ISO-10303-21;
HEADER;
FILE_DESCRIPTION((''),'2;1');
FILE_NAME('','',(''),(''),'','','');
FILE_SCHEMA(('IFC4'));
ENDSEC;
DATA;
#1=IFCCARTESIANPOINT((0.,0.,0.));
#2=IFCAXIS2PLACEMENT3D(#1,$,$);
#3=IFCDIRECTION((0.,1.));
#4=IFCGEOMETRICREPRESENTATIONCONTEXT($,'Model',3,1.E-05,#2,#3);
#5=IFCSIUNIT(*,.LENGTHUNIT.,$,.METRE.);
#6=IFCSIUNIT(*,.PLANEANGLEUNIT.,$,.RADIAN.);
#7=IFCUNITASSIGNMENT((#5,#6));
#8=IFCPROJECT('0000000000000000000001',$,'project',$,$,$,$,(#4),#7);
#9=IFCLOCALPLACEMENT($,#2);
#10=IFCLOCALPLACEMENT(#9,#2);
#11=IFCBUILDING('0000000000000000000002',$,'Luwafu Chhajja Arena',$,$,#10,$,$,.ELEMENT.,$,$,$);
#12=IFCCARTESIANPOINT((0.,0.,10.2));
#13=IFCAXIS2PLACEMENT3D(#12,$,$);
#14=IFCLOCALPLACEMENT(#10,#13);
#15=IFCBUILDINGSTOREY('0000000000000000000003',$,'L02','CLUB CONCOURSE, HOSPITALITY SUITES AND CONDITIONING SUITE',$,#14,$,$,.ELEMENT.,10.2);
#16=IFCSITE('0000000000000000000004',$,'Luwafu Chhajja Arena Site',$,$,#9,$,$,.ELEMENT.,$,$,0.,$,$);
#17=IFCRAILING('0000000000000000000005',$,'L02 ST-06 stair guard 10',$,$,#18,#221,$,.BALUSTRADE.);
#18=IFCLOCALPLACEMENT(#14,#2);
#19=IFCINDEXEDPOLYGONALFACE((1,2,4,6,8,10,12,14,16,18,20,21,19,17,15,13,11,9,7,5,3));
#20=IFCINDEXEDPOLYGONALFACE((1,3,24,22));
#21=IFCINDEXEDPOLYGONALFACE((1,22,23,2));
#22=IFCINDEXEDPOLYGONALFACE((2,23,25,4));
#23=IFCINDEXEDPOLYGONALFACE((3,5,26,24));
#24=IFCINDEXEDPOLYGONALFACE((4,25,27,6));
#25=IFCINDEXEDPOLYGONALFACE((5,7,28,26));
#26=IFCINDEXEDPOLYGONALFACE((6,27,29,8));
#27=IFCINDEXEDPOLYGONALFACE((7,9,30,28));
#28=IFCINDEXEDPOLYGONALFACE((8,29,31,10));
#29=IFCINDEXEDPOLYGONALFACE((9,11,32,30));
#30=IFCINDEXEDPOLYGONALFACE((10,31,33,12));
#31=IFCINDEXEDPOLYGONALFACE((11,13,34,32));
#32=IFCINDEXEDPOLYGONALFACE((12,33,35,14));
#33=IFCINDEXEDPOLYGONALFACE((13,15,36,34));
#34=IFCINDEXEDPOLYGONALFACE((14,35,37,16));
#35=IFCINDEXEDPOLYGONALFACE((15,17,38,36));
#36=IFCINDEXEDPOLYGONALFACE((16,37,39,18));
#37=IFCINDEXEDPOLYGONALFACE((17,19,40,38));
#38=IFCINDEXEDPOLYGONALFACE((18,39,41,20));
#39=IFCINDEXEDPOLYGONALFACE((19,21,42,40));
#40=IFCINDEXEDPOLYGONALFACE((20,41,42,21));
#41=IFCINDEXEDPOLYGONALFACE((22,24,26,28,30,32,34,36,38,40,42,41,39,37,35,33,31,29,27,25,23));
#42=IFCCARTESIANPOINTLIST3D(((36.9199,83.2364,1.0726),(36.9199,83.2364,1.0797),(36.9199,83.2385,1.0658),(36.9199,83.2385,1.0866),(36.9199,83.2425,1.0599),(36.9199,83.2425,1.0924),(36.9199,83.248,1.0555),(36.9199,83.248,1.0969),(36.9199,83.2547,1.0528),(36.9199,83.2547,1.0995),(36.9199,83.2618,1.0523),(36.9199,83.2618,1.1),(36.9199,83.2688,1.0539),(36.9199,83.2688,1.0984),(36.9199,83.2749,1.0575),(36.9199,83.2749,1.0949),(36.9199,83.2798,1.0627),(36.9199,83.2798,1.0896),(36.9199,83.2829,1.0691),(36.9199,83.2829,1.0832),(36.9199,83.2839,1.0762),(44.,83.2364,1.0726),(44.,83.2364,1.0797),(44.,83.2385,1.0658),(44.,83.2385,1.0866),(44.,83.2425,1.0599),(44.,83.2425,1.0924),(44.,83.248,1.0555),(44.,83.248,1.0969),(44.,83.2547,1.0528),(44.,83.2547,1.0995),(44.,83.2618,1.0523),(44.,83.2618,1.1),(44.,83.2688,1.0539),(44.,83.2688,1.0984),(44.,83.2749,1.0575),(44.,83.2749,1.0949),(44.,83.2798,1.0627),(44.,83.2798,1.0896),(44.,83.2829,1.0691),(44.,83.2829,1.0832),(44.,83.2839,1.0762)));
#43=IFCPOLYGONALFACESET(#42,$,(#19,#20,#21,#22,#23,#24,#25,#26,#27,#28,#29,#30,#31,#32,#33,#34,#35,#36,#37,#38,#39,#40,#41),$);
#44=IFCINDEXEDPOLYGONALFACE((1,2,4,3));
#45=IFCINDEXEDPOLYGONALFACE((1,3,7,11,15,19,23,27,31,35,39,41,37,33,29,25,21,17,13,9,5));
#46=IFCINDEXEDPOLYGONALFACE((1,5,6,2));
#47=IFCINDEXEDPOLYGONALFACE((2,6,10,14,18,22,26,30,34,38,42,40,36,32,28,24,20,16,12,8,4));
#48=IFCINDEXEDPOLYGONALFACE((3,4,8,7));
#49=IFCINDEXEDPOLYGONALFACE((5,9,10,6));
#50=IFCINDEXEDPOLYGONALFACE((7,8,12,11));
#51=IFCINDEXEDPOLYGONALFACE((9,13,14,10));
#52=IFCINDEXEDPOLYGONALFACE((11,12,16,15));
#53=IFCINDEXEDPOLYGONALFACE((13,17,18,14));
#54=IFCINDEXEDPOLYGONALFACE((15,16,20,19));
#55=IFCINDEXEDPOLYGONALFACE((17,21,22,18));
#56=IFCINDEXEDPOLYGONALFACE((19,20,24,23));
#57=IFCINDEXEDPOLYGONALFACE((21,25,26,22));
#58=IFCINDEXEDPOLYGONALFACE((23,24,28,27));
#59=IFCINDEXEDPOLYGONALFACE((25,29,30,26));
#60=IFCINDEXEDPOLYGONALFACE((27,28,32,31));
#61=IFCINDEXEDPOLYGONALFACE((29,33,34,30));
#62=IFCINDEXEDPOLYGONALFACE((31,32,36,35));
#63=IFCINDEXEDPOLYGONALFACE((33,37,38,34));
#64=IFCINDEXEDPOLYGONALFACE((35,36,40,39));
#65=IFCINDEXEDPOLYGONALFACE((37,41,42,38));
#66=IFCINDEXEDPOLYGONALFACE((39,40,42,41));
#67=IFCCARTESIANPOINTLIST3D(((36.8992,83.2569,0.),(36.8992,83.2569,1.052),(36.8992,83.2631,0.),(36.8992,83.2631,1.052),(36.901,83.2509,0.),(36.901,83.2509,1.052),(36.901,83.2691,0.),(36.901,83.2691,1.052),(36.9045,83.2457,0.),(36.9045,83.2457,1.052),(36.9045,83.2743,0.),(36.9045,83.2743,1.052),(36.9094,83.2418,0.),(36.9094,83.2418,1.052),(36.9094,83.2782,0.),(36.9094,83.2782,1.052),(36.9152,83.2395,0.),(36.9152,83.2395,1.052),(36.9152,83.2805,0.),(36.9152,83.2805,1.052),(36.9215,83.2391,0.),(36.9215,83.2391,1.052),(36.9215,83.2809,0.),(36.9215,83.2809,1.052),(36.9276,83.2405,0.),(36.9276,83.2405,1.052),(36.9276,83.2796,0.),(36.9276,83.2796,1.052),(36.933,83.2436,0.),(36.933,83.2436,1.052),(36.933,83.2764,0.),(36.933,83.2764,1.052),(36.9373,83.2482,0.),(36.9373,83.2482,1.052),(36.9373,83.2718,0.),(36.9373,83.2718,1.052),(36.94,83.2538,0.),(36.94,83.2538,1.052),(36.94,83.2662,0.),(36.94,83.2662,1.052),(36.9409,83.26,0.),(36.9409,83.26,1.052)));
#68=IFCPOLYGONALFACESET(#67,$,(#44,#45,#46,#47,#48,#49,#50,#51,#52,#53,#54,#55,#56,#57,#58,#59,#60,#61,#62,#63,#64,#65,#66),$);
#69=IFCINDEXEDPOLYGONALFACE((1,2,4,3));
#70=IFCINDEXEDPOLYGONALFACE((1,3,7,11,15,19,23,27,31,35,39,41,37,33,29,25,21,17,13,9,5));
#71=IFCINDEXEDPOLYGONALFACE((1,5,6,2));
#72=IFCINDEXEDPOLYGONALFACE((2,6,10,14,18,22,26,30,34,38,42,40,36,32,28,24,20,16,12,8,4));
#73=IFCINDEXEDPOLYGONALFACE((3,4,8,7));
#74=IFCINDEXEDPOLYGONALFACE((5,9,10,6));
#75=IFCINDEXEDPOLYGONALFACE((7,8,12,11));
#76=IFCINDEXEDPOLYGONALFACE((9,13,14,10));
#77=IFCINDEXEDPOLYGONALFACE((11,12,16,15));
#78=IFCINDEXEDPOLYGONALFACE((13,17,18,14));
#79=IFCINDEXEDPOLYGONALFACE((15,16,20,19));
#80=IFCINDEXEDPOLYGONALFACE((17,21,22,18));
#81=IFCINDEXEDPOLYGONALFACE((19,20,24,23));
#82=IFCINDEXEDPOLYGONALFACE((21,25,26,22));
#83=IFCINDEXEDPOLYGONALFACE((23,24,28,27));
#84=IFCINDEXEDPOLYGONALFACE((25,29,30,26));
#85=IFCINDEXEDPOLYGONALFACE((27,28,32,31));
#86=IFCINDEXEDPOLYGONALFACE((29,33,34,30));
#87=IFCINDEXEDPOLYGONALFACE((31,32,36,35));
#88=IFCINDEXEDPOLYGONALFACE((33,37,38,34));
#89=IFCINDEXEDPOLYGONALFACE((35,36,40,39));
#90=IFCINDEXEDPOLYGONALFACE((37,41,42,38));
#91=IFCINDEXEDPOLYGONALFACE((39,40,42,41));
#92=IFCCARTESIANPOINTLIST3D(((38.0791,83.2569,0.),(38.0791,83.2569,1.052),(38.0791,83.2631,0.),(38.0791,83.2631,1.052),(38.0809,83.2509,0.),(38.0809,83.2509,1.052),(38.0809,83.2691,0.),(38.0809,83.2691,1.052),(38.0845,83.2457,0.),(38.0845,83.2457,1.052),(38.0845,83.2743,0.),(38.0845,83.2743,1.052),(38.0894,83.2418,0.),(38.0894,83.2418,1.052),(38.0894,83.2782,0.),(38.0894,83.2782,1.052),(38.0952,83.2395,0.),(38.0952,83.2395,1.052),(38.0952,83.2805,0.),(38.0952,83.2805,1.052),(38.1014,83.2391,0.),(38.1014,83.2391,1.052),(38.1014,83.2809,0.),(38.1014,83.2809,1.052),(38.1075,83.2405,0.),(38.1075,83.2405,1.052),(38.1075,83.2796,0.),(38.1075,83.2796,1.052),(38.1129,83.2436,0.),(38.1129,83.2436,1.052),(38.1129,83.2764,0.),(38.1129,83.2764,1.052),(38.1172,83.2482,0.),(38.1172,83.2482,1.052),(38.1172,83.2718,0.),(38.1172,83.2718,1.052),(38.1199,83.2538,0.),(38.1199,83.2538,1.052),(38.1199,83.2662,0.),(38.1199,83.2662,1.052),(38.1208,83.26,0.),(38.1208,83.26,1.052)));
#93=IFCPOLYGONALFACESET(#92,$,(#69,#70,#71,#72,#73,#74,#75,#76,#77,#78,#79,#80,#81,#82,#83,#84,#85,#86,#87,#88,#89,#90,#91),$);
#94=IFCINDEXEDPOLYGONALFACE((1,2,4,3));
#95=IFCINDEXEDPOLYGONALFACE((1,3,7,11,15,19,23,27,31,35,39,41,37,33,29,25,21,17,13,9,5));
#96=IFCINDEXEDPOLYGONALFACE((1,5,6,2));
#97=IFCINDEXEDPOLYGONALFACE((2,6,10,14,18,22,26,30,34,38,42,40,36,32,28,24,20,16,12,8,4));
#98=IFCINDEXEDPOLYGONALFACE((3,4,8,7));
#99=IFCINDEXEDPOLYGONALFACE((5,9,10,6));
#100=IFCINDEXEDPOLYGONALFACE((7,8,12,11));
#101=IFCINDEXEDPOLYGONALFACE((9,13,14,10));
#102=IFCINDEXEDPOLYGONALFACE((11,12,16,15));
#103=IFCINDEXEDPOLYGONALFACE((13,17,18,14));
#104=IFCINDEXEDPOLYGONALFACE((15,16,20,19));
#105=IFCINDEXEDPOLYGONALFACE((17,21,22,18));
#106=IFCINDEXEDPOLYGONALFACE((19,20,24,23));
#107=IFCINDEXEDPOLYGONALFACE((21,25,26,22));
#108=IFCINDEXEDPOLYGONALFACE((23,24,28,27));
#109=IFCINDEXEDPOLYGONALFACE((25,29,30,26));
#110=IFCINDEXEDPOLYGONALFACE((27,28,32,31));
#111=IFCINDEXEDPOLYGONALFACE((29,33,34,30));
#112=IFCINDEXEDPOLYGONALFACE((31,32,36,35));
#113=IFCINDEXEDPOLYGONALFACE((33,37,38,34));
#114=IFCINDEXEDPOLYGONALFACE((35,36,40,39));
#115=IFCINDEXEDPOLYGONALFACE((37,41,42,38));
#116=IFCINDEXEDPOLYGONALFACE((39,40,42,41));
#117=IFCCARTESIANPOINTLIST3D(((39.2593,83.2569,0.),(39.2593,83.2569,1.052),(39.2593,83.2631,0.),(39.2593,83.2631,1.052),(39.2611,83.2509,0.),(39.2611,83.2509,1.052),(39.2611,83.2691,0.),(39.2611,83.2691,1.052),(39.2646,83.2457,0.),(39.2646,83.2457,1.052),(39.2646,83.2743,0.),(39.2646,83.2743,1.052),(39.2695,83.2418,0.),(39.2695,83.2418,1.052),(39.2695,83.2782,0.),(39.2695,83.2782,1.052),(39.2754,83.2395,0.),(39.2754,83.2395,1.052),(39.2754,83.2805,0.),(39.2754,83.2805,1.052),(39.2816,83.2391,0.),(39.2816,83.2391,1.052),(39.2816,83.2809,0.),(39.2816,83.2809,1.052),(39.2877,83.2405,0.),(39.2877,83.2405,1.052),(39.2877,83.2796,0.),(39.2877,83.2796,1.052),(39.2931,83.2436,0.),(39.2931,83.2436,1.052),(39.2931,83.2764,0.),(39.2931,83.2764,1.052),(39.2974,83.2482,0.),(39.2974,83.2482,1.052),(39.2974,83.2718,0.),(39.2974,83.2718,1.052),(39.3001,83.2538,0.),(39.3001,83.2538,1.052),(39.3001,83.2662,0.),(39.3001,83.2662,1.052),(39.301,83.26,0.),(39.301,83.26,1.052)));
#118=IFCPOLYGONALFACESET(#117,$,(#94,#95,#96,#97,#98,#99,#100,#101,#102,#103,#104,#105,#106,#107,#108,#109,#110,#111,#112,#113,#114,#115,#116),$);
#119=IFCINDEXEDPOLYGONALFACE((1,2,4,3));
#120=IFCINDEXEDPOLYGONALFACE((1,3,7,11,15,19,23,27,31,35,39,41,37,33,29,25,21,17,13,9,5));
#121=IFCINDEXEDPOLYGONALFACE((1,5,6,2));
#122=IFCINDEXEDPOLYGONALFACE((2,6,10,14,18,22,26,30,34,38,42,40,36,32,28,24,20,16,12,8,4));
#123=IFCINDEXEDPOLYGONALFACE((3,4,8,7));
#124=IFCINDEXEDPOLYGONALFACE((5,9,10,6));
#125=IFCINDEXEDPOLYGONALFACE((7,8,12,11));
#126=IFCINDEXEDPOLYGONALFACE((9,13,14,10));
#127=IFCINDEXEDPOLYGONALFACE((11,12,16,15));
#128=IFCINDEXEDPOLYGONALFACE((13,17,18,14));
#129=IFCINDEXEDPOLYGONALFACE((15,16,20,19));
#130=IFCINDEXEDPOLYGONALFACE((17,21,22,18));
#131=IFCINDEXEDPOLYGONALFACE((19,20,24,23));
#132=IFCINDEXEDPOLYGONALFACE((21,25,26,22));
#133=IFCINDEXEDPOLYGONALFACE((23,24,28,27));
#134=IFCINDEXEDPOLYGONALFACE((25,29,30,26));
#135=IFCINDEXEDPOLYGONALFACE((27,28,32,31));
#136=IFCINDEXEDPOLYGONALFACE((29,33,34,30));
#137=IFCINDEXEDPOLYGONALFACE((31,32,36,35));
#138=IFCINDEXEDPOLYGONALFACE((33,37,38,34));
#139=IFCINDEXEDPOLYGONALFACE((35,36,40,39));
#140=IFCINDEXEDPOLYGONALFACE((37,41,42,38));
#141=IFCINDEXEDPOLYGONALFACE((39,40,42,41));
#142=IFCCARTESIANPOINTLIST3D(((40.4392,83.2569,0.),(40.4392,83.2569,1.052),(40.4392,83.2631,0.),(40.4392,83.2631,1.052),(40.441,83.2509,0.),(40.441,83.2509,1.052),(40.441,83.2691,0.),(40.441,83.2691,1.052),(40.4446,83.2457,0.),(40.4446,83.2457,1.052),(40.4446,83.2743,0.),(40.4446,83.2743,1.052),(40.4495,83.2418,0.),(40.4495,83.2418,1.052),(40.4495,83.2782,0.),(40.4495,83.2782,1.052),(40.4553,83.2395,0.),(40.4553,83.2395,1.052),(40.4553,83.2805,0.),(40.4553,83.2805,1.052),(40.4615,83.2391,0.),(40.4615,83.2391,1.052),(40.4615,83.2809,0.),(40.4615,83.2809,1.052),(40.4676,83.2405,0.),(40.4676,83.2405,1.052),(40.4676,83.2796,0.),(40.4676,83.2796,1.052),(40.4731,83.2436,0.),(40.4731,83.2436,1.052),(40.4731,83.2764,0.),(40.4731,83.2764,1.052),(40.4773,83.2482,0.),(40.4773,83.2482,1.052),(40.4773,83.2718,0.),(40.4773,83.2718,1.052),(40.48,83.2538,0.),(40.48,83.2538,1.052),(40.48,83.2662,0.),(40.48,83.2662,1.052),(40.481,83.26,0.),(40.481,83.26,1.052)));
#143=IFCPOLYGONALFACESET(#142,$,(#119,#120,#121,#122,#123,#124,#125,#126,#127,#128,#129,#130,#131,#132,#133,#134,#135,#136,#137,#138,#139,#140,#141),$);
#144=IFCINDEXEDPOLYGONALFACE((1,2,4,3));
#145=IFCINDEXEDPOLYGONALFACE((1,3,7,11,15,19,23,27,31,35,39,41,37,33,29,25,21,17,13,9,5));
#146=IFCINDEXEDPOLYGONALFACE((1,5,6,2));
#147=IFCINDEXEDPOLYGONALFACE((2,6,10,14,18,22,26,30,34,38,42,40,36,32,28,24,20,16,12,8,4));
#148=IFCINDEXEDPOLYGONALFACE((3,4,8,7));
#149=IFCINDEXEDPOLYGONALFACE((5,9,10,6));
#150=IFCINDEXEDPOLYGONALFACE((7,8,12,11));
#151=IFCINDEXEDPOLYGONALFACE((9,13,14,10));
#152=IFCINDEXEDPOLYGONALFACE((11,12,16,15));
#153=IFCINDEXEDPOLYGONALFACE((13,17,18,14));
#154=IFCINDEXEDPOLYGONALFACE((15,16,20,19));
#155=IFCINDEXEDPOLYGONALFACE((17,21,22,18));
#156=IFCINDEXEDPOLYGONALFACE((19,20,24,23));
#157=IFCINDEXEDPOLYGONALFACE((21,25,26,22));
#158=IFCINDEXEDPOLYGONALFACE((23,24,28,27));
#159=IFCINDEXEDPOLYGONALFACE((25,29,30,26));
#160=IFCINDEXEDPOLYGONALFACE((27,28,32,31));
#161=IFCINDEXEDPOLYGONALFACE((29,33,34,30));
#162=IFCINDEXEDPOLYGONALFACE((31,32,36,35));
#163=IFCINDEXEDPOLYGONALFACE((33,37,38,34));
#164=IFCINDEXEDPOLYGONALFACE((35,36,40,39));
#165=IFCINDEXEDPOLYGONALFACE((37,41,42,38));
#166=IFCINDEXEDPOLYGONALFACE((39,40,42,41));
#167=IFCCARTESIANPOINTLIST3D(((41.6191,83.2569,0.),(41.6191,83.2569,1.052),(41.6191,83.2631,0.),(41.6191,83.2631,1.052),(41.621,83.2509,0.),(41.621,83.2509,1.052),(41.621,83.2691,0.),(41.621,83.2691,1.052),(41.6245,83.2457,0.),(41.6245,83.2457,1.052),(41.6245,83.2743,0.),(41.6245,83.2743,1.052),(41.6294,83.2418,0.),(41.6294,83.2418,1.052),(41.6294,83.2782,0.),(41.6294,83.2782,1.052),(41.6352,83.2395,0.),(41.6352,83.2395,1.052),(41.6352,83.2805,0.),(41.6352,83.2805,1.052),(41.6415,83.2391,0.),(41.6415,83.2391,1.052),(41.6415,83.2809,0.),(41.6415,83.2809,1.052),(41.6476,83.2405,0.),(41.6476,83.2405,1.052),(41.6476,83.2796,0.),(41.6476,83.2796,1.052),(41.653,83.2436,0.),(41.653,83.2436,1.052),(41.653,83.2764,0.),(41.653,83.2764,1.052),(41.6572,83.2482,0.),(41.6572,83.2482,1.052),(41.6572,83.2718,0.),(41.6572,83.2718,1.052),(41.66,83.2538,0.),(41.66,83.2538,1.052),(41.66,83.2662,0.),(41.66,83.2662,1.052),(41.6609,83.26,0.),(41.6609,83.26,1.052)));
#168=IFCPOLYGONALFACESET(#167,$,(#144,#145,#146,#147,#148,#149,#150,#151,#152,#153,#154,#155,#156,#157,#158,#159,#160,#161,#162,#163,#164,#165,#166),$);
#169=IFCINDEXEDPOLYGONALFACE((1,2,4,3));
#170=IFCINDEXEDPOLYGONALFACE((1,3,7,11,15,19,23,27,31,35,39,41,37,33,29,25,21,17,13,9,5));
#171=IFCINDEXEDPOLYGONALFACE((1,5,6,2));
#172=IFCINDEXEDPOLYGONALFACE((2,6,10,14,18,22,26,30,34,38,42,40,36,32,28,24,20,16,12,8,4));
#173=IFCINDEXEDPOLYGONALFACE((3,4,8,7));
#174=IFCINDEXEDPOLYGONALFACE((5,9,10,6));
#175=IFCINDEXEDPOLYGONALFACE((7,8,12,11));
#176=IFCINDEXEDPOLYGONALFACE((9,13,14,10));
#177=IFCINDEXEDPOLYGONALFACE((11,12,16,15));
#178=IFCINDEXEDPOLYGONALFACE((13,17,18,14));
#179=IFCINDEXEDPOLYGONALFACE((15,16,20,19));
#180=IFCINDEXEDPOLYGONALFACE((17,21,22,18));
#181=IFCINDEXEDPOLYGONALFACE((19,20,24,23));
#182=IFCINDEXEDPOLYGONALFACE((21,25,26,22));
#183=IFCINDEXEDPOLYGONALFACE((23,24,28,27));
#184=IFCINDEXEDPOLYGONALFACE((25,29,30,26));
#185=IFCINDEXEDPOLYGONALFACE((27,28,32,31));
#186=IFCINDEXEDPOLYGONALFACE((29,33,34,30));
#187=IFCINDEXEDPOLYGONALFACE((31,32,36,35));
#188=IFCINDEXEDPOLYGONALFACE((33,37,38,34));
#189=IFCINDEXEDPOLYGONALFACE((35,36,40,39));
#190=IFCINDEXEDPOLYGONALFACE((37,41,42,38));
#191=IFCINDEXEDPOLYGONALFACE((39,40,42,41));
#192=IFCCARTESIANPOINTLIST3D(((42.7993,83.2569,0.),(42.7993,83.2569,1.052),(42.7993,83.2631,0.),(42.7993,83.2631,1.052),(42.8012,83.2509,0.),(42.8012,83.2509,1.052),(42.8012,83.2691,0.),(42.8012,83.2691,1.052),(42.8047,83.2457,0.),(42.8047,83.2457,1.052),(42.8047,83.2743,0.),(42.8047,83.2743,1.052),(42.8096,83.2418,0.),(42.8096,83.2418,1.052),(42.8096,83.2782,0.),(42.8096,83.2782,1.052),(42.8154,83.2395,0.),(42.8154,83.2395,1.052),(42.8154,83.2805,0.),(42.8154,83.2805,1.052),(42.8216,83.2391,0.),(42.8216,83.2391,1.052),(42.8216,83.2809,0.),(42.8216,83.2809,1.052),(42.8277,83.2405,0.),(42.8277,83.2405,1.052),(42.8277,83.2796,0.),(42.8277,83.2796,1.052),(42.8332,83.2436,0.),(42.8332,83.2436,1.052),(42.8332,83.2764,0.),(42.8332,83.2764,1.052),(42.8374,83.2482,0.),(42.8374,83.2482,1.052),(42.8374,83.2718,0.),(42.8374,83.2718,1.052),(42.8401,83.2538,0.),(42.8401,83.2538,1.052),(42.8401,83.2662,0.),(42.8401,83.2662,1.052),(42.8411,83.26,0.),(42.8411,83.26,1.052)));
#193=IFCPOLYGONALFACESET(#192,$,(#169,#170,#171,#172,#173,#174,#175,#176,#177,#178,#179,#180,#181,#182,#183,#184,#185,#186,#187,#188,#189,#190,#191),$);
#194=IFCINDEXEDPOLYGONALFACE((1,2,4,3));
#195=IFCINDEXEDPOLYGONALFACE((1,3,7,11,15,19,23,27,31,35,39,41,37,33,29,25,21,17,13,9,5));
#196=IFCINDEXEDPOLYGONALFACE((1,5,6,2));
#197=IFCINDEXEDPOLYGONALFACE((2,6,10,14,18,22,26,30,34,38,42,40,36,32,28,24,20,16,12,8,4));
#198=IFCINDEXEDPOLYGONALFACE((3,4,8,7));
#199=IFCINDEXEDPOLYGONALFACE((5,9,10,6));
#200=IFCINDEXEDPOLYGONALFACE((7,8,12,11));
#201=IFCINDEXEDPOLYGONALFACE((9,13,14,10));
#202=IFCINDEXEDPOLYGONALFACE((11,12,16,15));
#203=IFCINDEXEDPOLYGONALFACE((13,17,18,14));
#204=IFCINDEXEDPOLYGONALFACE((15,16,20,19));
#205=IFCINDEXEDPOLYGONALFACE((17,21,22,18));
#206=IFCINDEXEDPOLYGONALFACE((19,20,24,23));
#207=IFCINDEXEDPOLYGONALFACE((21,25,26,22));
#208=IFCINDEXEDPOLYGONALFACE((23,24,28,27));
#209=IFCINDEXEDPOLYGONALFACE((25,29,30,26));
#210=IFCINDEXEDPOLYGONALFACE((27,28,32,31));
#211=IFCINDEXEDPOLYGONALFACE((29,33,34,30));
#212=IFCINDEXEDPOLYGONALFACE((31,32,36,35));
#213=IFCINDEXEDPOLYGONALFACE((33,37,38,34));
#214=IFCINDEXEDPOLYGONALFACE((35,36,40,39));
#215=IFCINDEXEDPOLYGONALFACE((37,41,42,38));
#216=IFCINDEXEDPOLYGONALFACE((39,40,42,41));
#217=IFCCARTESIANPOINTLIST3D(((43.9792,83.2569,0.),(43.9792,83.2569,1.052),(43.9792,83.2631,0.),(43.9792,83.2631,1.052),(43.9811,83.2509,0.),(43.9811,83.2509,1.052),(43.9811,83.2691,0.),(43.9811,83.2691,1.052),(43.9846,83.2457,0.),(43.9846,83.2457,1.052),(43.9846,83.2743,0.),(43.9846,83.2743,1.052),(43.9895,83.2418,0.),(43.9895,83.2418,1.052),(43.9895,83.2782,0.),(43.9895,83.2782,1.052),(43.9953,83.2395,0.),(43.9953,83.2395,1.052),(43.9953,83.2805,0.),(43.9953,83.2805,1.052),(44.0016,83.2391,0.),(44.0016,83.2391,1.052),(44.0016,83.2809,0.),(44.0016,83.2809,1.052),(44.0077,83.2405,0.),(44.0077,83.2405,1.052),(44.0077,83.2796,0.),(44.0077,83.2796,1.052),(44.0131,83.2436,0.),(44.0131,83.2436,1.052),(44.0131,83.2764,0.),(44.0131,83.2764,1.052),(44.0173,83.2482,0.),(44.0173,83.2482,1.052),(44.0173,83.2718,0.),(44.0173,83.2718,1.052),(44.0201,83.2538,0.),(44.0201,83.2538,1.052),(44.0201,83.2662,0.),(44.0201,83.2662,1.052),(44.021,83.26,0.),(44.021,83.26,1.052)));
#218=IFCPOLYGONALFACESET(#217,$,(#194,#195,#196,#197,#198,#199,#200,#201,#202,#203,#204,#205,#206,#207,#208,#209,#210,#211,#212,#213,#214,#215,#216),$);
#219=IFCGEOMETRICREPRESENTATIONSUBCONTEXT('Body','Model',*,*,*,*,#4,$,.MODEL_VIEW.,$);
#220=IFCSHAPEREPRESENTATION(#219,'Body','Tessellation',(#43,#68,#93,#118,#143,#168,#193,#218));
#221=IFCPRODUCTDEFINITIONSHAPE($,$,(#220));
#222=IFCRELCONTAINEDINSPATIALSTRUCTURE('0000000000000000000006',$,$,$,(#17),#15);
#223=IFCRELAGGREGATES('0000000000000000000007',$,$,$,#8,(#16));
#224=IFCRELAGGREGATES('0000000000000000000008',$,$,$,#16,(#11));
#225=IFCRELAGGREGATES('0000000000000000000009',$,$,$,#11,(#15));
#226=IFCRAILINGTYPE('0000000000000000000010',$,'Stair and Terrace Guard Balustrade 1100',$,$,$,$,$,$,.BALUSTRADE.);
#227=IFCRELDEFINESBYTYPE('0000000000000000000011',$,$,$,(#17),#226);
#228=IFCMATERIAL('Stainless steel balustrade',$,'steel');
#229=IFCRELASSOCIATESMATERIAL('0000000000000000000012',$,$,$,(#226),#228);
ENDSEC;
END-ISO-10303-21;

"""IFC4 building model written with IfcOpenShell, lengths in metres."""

from ifc_helpers import new_model, si_unit, direction, frame, origin, origin_2d, place, context, subcontext, project, spatial, circle, extrude, material, type_object, element, save


model = new_model("IFC4")

# Units and contexts
model_context = context("Model", 3, precision=1e-05, world=origin(), true_north=direction((0.0, 1.0)))
body_context = subcontext(model_context, "Body", "Model", "MODEL_VIEW")
ifc_project = project(units=[si_unit("LENGTHUNIT", "METRE"), si_unit("PLANEANGLEUNIT", "RADIAN")], contexts=[model_context])

# Site, building, storey
site_placement = place(None, origin())
site = spatial("IfcSite", under=ifc_project, at=site_placement, Name="Luwafu Chhajja Arena Site", CompositionType="ELEMENT", RefElevation=0.0)
building_placement = place(site_placement, origin())
building = spatial("IfcBuilding", under=site, at=building_placement, Name="Luwafu Chhajja Arena", CompositionType="ELEMENT")
storey_placement = place(building_placement, frame((0.0, 0.0, 10.2)))
storey = spatial("IfcBuildingStorey", under=building, at=storey_placement, Name="L02", Description="CLUB CONCOURSE, HOSPITALITY SUITES AND CONDITIONING SUITE", CompositionType="ELEMENT", Elevation=10.2)

# Railing
ifc_material_1 = material(Name="Stainless steel balustrade", Category="steel")
railing_type_1 = type_object("IfcRailingType", Name="Stair and Terrace Guard Balustrade 1100", PredefinedType="BALUSTRADE", material=ifc_material_1)
railing_1_placement = place(storey_placement, frame((36.9199, 83.26, 0.0)))
element("IfcRailing", 1, at=railing_1_placement, inside=storey, type_object=railing_type_1, Name="L02 ST-06 stair guard 10", PredefinedType="BALUSTRADE", context=body_context, shape_type="SweptSolid", body=[
    extrude(circle(Radius=0.0239, at=origin_2d()), frame((0.0, 0.0, 1.0762), z_axis=(1.0, 0.0, 0.0), x_axis=(0.0, 1.0, 0.0)), (0.0, 0.0, 1.0), 7.0801),
    extrude(circle(Radius=0.021, at=origin_2d()), origin(), (0.0, 0.0, 1.0), 1.052),
    extrude(circle(Radius=0.021, at=origin_2d()), frame((1.1799, 0.0, 0.0)), (0.0, 0.0, 1.0), 1.052),
    extrude(circle(Radius=0.021, at=origin_2d()), frame((2.3601, 0.0, 0.0)), (0.0, 0.0, 1.0), 1.052),
    extrude(circle(Radius=0.021, at=origin_2d()), frame((3.54, 0.0, 0.0)), (0.0, 0.0, 1.0), 1.052),
    extrude(circle(Radius=0.021, at=origin_2d()), frame((4.72, 0.0, 0.0)), (0.0, 0.0, 1.0), 1.052),
    extrude(circle(Radius=0.021, at=origin_2d()), frame((5.9001, 0.0, 0.0)), (0.0, 0.0, 1.0), 1.052),
    extrude(circle(Radius=0.021, at=origin_2d()), frame((7.0801, 0.0, 0.0)), (0.0, 0.0, 1.0), 1.052),
])

save(model, "model.ifc")
